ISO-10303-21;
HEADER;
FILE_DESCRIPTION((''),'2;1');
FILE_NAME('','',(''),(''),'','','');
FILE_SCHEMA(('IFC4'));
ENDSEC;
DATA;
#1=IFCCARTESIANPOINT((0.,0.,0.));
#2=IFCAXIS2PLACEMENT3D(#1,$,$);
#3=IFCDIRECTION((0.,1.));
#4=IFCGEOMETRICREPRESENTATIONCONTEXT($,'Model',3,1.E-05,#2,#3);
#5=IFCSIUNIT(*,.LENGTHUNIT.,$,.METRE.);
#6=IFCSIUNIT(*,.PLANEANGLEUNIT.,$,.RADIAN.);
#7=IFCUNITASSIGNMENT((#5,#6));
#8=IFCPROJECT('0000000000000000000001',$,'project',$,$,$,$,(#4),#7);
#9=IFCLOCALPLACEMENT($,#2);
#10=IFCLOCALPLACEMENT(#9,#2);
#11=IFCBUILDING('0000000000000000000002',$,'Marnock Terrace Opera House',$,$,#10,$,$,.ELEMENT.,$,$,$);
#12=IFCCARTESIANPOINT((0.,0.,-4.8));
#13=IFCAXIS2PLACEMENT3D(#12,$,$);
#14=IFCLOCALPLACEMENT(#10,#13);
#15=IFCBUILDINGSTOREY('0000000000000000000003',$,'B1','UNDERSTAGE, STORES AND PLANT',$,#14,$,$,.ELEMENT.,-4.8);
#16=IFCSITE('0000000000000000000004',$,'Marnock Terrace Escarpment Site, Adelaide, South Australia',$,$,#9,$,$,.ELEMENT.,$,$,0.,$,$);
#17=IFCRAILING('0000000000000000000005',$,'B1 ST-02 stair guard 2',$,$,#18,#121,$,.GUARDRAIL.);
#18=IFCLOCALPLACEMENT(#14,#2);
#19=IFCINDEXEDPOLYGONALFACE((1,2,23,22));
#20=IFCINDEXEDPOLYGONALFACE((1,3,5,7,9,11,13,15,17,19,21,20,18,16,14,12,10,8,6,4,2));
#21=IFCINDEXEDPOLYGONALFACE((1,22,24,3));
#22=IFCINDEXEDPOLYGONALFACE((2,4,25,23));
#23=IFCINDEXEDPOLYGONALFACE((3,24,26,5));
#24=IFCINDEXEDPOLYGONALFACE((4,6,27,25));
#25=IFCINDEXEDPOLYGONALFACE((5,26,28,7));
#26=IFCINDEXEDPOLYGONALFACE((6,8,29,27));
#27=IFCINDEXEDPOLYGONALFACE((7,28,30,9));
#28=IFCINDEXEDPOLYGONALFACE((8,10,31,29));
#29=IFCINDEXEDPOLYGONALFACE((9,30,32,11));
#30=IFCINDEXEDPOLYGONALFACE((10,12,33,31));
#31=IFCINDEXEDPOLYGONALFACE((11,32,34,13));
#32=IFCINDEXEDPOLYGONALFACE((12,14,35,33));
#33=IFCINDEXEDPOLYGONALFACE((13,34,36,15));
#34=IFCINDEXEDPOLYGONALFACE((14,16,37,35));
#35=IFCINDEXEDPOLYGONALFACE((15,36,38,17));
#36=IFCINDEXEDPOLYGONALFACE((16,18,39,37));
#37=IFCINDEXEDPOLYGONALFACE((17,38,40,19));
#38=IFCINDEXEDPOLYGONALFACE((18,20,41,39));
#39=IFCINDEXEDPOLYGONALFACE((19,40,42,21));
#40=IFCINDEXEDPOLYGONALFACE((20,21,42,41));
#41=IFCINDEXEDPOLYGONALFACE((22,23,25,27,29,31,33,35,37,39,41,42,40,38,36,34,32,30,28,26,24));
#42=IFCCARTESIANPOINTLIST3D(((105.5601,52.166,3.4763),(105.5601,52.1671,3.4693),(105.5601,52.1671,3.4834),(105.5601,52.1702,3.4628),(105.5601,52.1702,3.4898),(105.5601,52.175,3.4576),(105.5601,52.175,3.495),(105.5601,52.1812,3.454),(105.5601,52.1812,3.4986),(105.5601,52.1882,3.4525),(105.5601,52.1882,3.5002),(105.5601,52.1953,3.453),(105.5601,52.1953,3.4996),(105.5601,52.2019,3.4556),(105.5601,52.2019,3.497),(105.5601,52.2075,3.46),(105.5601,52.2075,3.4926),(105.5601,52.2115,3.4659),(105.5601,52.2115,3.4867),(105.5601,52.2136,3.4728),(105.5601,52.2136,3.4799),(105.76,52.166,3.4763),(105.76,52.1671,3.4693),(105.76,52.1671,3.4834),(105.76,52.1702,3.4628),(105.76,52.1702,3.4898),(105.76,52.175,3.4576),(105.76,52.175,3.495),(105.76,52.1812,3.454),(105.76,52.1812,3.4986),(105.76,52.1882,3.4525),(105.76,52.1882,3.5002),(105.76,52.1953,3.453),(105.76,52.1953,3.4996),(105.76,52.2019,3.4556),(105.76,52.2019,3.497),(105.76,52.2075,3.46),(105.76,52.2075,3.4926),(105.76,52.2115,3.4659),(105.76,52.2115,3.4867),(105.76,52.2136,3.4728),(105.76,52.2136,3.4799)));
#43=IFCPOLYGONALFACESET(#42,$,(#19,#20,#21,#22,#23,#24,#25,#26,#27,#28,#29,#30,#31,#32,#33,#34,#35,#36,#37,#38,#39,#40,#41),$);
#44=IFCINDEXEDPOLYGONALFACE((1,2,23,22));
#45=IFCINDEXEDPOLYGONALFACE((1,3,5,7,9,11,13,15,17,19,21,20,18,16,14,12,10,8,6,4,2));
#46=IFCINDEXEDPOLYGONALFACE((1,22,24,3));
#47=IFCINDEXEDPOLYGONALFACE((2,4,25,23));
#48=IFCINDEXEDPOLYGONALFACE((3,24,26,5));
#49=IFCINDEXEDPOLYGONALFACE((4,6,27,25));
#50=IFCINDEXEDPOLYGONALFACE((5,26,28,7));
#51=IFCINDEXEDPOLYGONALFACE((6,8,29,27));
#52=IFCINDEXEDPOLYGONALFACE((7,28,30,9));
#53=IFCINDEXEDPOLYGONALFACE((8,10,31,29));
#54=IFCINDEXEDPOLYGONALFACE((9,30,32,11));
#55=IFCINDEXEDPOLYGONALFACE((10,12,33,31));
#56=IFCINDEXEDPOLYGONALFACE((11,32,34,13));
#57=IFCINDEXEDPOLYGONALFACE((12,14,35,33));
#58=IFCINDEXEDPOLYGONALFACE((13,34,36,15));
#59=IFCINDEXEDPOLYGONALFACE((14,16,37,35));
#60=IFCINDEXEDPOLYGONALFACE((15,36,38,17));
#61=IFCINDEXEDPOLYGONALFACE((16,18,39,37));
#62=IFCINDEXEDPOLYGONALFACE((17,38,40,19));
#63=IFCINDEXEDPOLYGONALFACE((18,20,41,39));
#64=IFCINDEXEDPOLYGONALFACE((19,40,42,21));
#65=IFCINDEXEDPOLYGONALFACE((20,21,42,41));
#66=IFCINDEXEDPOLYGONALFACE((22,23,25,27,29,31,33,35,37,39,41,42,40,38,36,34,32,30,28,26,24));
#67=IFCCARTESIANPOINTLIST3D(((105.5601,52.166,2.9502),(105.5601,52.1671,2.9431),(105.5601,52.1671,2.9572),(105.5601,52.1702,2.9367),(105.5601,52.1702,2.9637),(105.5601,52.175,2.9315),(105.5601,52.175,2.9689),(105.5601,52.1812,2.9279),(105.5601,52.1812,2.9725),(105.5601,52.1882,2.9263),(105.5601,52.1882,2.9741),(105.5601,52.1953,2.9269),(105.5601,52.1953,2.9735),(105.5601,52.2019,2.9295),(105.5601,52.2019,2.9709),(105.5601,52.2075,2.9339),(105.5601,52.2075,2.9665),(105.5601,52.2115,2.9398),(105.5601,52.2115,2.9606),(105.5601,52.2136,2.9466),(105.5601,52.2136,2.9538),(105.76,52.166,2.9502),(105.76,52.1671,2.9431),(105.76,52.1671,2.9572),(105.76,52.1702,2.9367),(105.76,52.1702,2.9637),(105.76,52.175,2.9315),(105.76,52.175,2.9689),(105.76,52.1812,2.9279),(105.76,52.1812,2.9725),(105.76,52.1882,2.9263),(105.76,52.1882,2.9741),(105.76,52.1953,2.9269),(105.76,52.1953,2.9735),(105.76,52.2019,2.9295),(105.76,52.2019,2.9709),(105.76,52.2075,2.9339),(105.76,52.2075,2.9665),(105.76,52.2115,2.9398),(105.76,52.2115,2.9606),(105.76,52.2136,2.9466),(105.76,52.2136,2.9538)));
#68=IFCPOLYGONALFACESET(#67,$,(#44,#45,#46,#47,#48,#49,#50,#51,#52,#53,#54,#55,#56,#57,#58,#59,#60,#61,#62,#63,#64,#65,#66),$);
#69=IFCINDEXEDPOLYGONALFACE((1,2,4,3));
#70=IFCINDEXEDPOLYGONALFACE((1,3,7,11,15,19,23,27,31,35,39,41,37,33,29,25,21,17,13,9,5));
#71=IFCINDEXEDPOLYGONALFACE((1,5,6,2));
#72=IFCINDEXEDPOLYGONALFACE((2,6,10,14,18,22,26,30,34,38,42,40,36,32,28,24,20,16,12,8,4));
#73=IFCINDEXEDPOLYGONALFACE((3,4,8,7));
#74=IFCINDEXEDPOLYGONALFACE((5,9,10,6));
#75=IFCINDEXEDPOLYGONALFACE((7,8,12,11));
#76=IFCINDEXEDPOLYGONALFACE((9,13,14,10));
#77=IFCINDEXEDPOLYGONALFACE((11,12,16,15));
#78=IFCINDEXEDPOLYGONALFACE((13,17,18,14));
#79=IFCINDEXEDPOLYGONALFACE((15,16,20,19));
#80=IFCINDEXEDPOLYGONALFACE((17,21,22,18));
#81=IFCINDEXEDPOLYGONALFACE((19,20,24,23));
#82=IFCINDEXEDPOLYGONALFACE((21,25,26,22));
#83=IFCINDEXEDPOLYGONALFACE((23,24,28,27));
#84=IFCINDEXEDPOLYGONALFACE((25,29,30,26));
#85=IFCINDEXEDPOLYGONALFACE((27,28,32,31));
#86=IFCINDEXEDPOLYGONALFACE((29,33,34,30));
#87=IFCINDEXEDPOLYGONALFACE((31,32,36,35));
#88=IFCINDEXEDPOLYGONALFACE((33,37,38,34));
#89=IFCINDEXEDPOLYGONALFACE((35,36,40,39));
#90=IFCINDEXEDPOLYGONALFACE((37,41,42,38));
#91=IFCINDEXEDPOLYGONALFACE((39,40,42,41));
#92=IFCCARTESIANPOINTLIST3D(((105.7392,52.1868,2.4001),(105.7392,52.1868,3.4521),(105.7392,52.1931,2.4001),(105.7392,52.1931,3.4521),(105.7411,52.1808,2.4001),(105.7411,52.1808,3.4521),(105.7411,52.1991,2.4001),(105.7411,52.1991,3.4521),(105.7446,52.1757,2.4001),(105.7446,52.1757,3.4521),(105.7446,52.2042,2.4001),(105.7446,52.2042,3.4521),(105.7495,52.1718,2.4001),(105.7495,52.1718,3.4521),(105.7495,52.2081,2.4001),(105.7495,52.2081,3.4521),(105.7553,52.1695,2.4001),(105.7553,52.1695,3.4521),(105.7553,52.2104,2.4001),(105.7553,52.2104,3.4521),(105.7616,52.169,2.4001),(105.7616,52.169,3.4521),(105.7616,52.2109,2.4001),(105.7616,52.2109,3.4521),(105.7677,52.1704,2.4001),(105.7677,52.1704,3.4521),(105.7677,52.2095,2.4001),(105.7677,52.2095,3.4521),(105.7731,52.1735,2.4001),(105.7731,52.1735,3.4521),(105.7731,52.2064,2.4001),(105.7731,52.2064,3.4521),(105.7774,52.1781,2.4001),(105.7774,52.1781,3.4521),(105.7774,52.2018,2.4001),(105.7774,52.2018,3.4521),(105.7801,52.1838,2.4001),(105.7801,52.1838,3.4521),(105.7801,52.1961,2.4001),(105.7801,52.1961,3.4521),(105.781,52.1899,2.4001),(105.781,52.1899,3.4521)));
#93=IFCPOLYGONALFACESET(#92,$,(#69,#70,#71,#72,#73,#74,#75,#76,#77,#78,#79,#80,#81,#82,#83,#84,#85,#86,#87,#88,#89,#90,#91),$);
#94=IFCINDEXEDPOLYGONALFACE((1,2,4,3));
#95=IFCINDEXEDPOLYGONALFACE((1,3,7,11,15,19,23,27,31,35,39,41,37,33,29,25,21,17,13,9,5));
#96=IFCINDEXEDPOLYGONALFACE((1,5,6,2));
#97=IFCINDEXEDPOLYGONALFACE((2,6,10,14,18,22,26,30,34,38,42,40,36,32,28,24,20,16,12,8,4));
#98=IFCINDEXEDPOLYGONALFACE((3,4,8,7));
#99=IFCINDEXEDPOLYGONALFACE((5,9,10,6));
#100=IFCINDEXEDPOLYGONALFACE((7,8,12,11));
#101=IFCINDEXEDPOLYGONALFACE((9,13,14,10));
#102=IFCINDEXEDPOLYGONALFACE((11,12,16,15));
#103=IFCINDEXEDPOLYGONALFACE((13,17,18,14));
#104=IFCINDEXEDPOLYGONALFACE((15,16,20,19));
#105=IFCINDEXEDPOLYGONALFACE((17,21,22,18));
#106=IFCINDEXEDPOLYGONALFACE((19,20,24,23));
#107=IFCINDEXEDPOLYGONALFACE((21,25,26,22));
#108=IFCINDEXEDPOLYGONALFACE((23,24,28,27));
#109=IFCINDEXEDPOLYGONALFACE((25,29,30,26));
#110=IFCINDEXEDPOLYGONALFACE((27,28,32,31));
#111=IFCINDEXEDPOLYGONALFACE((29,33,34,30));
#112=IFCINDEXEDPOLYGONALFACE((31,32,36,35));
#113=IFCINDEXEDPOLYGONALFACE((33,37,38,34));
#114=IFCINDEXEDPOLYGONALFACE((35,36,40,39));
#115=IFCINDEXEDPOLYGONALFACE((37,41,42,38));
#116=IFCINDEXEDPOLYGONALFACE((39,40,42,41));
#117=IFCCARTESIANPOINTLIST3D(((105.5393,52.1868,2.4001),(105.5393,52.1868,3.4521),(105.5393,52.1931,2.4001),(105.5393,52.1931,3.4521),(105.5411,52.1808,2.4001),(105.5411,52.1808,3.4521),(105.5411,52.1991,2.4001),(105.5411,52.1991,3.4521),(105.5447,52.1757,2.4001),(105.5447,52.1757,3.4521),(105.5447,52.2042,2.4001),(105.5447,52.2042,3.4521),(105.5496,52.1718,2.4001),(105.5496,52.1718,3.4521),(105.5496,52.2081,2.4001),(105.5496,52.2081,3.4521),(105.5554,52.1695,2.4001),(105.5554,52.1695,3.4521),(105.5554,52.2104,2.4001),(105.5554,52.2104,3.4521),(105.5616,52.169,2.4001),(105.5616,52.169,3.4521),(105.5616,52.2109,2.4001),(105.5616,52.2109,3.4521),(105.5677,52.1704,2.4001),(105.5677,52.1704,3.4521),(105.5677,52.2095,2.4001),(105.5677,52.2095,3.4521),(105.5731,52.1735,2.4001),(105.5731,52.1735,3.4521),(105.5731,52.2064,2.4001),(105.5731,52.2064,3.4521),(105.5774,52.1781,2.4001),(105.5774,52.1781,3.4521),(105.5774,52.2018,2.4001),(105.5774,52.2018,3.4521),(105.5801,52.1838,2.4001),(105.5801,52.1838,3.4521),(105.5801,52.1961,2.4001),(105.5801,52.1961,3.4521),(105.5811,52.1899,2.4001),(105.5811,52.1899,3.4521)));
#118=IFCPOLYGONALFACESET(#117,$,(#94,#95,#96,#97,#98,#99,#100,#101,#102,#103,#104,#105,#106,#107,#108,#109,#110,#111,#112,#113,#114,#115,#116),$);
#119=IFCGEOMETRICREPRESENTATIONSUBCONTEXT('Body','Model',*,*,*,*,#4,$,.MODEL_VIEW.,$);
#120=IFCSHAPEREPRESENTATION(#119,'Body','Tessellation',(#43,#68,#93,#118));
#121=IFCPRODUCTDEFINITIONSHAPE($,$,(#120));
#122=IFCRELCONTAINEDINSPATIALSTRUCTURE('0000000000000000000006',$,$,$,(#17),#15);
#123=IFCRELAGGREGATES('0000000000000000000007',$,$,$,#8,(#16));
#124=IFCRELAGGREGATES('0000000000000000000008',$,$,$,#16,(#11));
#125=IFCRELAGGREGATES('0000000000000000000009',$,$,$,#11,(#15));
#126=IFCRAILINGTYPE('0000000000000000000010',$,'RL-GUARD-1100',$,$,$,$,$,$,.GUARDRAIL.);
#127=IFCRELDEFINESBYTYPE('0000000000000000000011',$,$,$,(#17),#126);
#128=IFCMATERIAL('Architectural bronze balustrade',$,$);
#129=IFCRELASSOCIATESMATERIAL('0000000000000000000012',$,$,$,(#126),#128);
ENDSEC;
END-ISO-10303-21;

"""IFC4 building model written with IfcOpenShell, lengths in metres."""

from ifc_helpers import new_model, si_unit, direction, frame, origin, origin_2d, place, context, subcontext, project, spatial, circle, extrude, material, type_object, element, save


model = new_model("IFC4")

# Units and contexts
model_context = context("Model", 3, precision=1e-05, world=origin(), true_north=direction((0.0, 1.0)))
body_context = subcontext(model_context, "Body", "Model", "MODEL_VIEW")
ifc_project = project(units=[si_unit("LENGTHUNIT", "METRE"), si_unit("PLANEANGLEUNIT", "RADIAN")], contexts=[model_context])

# Site, building, storey
site_placement = place(None, origin())
site = spatial("IfcSite", under=ifc_project, at=site_placement, Name="Marnock Terrace Escarpment Site, Adelaide, South Australia", CompositionType="ELEMENT", RefElevation=0.0)
building_placement = place(site_placement, origin())
building = spatial("IfcBuilding", under=site, at=building_placement, Name="Marnock Terrace Opera House", CompositionType="ELEMENT")
storey_placement = place(building_placement, frame((0.0, 0.0, -4.8)))
storey = spatial("IfcBuildingStorey", under=building, at=storey_placement, Name="B1", Description="UNDERSTAGE, STORES AND PLANT", CompositionType="ELEMENT", Elevation=-4.8)

# Railing
ifc_material_1 = material(Name="Architectural bronze balustrade")
railing_type_1 = type_object("IfcRailingType", Name="RL-GUARD-1100", PredefinedType="GUARDRAIL", material=ifc_material_1)
railing_1_placement = place(storey_placement, frame((105.76, 52.1899, 2.4001)))
element("IfcRailing", 1, at=railing_1_placement, inside=storey, type_object=railing_type_1, Name="B1 ST-02 stair guard 2", PredefinedType="GUARDRAIL", context=body_context, shape_type="SweptSolid", body=[
    extrude(circle(Radius=0.0239, at=origin_2d()), frame((0.0, 0.0, 1.0762), z_axis=(-1.0, 0.0, 0.0), x_axis=(0.0, -1.0, 0.0)), (0.0, 0.0, 1.0), 0.2),
    extrude(circle(Radius=0.0239, at=origin_2d()), frame((0.0, 0.0, 0.55), z_axis=(-1.0, 0.0, 0.0), x_axis=(0.0, -1.0, 0.0)), (0.0, 0.0, 1.0), 0.2),
    extrude(circle(Radius=0.021, at=origin_2d()), origin(), (0.0, 0.0, 1.0), 1.052),
    extrude(circle(Radius=0.021, at=origin_2d()), frame((-0.2, 0.0, 0.0)), (0.0, 0.0, 1.0), 1.052),
])

save(model, "model.ifc")
